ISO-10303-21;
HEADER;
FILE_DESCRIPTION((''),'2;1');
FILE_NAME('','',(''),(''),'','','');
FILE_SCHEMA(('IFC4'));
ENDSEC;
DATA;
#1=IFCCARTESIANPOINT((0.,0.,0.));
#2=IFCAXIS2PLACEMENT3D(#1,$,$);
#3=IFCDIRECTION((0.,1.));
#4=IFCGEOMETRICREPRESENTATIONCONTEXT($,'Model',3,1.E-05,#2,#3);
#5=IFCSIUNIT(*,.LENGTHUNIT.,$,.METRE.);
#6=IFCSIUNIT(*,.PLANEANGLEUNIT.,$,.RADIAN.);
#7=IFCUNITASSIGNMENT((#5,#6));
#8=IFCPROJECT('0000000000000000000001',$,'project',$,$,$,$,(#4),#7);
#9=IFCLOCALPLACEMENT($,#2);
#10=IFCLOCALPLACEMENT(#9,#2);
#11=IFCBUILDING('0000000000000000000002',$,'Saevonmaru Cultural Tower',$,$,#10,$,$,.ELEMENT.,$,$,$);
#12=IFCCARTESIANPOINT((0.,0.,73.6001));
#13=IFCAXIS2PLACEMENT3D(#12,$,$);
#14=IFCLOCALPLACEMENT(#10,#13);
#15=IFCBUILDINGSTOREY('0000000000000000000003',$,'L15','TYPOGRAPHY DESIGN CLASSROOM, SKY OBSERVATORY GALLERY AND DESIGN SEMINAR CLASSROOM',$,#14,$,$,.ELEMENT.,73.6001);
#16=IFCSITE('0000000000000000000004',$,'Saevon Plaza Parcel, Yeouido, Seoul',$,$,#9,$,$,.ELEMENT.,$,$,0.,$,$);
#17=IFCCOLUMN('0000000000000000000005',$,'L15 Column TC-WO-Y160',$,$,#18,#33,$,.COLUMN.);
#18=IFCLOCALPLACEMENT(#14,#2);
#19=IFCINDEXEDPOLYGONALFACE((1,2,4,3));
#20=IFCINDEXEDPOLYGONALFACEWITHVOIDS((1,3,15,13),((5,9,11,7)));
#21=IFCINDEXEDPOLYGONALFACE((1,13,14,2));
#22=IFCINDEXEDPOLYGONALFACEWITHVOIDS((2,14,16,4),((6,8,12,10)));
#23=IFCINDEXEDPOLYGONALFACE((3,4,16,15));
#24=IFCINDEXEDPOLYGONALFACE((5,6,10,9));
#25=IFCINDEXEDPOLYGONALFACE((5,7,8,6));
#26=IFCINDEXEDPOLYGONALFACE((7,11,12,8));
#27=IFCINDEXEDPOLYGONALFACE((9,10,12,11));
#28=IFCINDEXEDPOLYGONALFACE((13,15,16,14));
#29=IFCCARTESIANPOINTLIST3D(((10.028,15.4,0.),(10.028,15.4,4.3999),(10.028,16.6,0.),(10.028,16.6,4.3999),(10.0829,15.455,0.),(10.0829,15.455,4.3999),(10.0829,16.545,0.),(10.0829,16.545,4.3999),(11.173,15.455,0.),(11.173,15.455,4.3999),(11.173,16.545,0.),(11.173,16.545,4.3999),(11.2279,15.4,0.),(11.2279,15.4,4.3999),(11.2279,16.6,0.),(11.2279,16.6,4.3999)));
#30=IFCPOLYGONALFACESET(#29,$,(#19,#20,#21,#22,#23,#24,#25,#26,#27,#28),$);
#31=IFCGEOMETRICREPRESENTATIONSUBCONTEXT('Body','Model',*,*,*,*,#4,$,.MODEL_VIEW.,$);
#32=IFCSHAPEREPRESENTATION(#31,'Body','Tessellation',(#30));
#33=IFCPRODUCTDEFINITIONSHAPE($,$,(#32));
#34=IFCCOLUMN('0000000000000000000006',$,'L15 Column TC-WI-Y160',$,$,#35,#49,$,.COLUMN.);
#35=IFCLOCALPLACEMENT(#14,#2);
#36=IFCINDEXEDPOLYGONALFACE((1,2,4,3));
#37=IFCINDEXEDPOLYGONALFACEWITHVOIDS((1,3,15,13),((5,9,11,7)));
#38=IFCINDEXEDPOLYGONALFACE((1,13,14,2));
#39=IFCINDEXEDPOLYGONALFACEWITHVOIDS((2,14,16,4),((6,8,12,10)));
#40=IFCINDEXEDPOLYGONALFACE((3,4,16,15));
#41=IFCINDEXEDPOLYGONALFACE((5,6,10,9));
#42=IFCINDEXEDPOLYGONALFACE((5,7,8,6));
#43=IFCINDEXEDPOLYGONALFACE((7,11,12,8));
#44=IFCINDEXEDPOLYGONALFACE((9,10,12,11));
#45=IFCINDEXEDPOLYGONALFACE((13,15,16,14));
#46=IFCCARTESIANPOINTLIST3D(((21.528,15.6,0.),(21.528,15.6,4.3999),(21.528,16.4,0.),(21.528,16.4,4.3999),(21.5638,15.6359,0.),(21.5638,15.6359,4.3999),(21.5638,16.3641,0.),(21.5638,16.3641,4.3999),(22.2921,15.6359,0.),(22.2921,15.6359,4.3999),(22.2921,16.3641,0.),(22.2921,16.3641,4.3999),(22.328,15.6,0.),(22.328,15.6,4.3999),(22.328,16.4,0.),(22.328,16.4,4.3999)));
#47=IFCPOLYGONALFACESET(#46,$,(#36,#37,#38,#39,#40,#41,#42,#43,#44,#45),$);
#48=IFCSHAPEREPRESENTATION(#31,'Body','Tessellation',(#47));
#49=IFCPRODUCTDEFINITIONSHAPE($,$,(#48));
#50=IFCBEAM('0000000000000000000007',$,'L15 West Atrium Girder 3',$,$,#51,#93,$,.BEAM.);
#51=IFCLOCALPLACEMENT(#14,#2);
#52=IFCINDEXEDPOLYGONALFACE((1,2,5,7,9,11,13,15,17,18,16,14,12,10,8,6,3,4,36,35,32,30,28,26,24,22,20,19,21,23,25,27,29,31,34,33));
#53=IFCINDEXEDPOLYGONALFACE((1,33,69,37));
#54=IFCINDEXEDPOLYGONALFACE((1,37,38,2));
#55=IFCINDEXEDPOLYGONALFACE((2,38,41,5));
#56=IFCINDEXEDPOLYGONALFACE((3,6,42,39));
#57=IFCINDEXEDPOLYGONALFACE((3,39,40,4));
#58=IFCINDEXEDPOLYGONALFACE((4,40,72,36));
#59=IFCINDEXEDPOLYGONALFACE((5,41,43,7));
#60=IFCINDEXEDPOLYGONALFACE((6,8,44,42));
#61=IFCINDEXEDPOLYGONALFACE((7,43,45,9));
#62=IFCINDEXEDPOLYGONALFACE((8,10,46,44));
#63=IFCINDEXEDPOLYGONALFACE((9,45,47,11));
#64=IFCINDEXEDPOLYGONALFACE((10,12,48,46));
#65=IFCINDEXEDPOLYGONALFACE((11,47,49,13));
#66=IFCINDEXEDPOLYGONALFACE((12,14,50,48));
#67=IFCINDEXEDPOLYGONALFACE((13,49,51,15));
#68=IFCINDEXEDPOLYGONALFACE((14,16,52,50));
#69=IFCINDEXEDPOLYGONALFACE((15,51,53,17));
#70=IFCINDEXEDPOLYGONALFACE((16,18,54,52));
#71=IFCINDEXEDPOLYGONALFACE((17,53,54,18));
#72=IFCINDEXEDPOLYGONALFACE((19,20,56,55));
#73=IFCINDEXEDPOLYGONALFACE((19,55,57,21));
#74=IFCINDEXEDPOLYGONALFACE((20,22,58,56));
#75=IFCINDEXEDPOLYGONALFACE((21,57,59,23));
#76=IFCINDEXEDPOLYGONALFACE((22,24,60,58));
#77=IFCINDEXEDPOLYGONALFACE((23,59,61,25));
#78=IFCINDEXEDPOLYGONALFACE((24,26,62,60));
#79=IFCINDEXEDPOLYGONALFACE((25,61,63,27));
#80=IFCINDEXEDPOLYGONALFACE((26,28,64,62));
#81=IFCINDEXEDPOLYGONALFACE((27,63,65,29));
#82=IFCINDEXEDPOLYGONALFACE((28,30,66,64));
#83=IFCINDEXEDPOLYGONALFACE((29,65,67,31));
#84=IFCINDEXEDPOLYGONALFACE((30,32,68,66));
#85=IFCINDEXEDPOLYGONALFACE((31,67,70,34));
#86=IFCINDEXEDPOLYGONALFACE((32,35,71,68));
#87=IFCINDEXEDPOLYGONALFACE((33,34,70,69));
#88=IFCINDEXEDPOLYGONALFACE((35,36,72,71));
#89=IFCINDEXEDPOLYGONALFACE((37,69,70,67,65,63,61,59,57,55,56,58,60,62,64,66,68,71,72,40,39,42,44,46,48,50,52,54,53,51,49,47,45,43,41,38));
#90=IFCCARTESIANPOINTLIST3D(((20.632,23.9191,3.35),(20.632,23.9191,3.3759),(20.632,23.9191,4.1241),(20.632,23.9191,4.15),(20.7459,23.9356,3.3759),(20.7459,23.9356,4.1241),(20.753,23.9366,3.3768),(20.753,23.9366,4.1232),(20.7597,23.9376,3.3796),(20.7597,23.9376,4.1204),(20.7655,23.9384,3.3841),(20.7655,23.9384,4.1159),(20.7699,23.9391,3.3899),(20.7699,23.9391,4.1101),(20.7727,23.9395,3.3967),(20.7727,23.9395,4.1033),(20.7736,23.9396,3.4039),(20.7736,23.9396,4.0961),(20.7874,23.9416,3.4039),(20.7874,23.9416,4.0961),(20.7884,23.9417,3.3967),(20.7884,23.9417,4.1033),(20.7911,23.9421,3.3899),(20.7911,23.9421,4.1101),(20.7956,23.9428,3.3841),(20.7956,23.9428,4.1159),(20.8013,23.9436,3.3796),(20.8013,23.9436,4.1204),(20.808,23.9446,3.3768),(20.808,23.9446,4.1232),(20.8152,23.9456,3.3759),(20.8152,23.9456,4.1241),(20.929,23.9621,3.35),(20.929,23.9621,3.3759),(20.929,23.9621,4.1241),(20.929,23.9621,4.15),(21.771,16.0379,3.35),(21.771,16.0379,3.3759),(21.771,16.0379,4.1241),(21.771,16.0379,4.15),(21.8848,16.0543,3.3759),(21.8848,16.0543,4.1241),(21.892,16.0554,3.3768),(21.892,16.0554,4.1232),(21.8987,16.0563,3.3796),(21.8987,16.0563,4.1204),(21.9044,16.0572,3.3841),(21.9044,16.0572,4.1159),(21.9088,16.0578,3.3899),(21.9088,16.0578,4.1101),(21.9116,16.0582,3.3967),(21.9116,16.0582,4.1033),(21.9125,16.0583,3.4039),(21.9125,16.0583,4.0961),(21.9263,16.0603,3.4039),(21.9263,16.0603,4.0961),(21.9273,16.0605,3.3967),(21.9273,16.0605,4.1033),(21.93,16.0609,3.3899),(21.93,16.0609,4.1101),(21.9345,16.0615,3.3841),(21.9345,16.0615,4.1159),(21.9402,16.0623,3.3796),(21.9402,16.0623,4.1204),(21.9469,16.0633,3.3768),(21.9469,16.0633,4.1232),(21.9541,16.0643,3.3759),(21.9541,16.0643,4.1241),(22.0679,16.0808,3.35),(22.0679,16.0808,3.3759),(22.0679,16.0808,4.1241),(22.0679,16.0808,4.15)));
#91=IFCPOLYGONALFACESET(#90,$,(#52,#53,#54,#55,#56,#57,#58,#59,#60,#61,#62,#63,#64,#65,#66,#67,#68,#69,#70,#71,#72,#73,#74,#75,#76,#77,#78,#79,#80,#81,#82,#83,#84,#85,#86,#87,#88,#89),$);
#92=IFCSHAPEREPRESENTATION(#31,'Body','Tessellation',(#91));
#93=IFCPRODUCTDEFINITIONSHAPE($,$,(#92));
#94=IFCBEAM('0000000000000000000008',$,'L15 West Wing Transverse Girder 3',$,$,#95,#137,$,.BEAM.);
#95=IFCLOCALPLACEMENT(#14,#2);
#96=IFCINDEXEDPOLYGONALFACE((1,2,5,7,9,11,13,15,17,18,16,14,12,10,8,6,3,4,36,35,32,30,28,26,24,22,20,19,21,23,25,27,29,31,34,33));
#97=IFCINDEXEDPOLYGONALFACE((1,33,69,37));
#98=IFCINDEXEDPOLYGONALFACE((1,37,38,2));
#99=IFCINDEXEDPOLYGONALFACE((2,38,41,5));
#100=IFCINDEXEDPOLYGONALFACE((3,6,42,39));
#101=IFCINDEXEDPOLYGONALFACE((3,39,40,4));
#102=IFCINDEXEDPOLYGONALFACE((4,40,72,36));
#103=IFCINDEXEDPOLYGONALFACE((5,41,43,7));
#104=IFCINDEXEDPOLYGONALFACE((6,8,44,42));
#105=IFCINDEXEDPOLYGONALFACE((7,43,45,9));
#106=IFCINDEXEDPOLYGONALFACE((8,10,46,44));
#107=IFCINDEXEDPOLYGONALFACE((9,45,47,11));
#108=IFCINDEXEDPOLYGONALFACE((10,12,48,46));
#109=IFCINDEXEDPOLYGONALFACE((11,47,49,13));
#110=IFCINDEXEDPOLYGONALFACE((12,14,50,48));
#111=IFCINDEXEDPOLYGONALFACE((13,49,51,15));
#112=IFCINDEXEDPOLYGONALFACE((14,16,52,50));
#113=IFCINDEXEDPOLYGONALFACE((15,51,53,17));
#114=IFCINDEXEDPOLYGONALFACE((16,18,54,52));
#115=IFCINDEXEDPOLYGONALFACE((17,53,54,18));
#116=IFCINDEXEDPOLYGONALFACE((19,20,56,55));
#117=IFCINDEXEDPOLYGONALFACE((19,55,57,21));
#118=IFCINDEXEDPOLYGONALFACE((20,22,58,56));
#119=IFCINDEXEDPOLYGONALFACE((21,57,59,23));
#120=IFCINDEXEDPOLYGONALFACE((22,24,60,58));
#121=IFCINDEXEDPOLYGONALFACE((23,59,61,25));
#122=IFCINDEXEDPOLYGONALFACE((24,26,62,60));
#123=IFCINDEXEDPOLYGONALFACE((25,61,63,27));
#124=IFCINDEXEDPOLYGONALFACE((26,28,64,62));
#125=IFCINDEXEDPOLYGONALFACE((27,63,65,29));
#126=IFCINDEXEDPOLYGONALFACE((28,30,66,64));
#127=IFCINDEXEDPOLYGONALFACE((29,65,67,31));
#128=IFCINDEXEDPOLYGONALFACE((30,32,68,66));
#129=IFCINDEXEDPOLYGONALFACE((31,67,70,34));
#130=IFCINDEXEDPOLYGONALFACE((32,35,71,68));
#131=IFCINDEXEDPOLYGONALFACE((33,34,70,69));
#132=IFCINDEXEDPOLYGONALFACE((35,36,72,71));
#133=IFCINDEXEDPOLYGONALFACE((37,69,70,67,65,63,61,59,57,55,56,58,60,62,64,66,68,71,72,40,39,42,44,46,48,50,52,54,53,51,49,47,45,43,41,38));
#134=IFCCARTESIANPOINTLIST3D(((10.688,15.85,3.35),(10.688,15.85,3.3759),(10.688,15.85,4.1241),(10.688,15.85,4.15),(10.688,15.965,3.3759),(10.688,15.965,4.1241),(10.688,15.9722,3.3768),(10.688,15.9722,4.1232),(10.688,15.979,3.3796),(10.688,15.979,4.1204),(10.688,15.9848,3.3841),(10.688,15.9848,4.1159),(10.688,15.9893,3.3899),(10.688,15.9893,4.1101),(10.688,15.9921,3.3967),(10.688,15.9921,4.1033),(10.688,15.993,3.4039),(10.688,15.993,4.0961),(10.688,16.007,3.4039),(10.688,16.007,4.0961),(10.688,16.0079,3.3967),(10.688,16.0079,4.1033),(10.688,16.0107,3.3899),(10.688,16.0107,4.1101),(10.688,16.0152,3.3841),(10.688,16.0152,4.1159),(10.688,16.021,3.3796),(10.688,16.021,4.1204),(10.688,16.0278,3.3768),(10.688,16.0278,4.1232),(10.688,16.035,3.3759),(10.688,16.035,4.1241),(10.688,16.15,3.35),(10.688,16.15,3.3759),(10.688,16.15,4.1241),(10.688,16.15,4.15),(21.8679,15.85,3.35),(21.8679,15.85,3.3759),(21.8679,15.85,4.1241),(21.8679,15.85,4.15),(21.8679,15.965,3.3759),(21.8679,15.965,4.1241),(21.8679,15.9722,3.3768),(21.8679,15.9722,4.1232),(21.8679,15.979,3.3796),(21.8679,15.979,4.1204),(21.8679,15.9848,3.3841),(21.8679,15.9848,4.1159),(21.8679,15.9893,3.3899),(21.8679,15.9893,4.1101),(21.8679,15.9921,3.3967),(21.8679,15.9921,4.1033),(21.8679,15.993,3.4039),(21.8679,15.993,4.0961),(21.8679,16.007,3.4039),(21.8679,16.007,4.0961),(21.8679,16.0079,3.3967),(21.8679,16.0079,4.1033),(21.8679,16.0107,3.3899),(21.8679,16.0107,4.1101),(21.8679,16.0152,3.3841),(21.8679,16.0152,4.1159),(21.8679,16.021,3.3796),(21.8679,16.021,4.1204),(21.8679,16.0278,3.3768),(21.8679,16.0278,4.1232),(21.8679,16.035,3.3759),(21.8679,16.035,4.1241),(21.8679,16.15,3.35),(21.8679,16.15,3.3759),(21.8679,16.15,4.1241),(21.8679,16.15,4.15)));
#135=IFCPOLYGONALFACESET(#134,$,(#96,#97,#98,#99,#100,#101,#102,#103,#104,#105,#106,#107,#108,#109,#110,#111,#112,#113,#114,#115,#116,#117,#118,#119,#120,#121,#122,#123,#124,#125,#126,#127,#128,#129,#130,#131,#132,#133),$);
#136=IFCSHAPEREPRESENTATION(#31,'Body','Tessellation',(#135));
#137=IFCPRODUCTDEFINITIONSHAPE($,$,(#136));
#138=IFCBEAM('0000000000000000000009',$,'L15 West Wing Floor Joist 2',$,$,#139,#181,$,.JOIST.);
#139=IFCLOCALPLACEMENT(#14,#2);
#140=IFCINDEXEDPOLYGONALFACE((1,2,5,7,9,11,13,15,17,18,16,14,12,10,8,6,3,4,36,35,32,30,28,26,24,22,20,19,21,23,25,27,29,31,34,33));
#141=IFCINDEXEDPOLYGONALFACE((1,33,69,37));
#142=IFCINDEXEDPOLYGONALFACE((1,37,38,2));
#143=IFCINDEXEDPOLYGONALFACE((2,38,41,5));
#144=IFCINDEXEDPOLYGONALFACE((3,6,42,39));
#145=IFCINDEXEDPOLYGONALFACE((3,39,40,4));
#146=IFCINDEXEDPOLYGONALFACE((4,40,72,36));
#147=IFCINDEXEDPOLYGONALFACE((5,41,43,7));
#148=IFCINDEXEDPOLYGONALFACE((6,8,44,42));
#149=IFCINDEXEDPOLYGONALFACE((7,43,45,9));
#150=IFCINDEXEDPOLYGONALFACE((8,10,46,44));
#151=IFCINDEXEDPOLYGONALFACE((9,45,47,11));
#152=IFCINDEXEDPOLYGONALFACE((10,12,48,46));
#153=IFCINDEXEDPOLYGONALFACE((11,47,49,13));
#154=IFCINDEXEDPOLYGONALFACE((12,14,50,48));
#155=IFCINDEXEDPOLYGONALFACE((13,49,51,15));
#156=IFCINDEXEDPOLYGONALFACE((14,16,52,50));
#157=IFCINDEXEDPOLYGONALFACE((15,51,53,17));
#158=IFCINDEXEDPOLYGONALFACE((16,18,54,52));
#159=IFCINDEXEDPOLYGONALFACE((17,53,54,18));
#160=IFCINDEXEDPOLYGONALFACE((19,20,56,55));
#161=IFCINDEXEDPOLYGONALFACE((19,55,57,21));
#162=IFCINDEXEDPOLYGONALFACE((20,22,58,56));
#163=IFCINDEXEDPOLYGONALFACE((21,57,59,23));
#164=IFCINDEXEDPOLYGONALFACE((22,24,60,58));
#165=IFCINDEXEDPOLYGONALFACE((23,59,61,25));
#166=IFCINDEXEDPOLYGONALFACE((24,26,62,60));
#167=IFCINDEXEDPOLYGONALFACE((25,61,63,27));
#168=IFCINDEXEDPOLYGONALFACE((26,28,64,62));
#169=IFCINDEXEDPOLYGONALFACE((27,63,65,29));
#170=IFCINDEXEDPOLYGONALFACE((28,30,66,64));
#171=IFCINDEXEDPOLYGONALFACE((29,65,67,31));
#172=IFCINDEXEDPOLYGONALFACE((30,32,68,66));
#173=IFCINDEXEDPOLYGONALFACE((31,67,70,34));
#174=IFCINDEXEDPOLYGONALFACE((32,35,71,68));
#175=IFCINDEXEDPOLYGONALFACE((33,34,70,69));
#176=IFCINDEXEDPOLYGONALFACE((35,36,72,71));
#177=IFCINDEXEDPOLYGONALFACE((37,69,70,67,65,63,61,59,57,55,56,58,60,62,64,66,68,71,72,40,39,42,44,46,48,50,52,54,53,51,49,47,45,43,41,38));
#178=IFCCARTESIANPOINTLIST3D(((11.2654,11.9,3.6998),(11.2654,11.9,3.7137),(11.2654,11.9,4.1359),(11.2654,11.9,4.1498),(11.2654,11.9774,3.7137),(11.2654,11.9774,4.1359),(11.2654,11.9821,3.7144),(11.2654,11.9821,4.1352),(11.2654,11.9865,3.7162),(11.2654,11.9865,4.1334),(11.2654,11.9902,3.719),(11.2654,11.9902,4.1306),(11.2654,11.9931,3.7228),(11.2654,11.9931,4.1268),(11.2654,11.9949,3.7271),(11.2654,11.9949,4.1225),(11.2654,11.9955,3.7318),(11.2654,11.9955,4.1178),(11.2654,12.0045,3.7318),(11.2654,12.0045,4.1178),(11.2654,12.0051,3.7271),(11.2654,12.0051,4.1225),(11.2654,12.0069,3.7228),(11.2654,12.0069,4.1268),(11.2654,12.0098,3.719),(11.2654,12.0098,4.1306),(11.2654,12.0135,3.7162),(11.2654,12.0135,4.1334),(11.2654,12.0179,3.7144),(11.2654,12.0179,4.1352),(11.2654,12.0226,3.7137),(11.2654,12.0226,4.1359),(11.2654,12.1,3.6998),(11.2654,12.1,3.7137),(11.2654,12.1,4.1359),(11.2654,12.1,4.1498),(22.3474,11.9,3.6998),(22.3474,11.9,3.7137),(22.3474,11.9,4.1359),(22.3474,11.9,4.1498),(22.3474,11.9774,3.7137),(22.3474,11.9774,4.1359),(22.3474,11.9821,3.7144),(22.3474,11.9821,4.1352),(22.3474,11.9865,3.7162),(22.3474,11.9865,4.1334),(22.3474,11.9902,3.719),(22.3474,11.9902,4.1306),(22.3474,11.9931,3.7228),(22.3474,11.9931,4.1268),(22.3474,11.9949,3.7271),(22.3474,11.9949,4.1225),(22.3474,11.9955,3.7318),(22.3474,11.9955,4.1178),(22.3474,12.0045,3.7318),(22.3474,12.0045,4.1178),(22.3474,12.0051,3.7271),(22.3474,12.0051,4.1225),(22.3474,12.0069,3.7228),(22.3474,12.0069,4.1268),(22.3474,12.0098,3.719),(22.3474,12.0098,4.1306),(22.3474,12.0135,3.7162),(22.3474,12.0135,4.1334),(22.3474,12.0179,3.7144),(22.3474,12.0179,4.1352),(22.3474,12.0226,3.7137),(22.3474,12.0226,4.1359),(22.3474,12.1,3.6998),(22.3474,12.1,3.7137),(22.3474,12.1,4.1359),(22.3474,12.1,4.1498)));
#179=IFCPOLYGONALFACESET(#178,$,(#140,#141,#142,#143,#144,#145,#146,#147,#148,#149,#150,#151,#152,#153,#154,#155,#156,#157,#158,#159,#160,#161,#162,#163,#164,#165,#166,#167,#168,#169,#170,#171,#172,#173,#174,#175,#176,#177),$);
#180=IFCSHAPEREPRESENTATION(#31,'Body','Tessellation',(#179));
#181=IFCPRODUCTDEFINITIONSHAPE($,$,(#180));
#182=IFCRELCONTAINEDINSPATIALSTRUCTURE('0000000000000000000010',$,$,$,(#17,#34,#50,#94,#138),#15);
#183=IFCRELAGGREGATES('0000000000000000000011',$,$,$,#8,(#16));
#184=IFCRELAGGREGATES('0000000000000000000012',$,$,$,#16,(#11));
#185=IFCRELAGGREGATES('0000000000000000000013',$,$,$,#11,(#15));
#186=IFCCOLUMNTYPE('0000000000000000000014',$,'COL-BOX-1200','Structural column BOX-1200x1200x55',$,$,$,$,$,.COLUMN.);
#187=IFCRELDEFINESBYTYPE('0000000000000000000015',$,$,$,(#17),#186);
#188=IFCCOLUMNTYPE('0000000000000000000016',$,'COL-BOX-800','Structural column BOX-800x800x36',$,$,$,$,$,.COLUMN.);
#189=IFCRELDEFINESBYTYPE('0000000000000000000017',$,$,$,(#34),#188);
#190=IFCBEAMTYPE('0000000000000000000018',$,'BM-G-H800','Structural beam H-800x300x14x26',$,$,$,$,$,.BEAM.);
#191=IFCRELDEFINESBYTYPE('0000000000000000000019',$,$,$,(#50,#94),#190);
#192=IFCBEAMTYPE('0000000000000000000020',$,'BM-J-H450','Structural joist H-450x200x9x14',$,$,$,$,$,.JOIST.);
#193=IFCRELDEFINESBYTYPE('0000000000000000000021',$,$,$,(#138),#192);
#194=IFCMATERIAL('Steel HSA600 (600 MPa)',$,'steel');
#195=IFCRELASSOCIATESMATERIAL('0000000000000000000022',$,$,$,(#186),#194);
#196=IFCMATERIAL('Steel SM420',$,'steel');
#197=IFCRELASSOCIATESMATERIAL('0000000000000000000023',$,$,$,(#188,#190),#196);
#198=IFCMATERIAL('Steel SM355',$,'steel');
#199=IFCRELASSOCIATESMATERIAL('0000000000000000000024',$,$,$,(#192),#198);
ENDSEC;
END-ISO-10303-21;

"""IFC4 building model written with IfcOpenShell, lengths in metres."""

from ifc_helpers import new_model, si_unit, direction, frame, origin, origin_2d, place, context, subcontext, project, spatial, hollow_rectangle, i_section, extrude, material, material_profile, profile_set, type_object, element, save


model = new_model("IFC4")

# Units and contexts
model_context = context("Model", 3, precision=1e-05, world=origin(), true_north=direction((0.0, 1.0)))
body_context = subcontext(model_context, "Body", "Model", "MODEL_VIEW")
ifc_project = project(units=[si_unit("LENGTHUNIT", "METRE"), si_unit("PLANEANGLEUNIT", "RADIAN")], contexts=[model_context])

# Site, building, storey
site_placement = place(None, origin())
site = spatial("IfcSite", under=ifc_project, at=site_placement, Name="Saevon Plaza Parcel, Yeouido, Seoul", CompositionType="ELEMENT", RefElevation=0.0)
building_placement = place(site_placement, origin())
building = spatial("IfcBuilding", under=site, at=building_placement, Name="Saevonmaru Cultural Tower", CompositionType="ELEMENT")
storey_placement = place(building_placement, frame((0.0, 0.0, 73.6001)))
storey = spatial("IfcBuildingStorey", under=building, at=storey_placement, Name="L15", Description="TYPOGRAPHY DESIGN CLASSROOM, SKY OBSERVATORY GALLERY AND DESIGN SEMINAR CLASSROOM", CompositionType="ELEMENT", Elevation=73.6001)

# Columns
ifc_material_1 = material(Name="Steel HSA600 (600 MPa)", Category="steel")
ifc_material_profile_1 = material_profile(ifc_material_1, hollow_rectangle(XDim=1.2, YDim=1.2, WallThickness=0.0549, at=origin_2d()), Name="BOX-1200x1200x55")
ifc_profile_set_1 = profile_set([ifc_material_profile_1], Name="Steel HSA600 (600 MPa)")
column_type_1 = type_object("IfcColumnType", Name="COL-BOX-1200", Description="Structural column BOX-1200x1200x55", PredefinedType="COLUMN", material=ifc_profile_set_1)
column_1_placement = place(storey_placement, frame((10.6279, 16.0, 0.0), z_axis=(0.0, 0.0, 1.0), x_axis=(1.0, 0.0, 0.0)))
element("IfcColumn", 1, at=column_1_placement, inside=storey, type_object=column_type_1, Name="L15 Column TC-WO-Y160", PredefinedType="COLUMN", context=body_context, shape_type="SweptSolid", body=[
    extrude(hollow_rectangle(XDim=1.2, YDim=1.2, WallThickness=0.0549, at=origin_2d()), origin(), (0.0, 0.0, 1.0), 4.3999),
])
ifc_material_2 = material(Name="Steel SM420", Category="steel")
ifc_material_profile_2 = material_profile(ifc_material_2, hollow_rectangle(XDim=0.8, YDim=0.8, WallThickness=0.0359, at=origin_2d()), Name="BOX-800x800x36")
ifc_profile_set_2 = profile_set([ifc_material_profile_2], Name="Steel SM420")
column_type_2 = type_object("IfcColumnType", Name="COL-BOX-800", Description="Structural column BOX-800x800x36", PredefinedType="COLUMN", material=ifc_profile_set_2)
column_2_placement = place(storey_placement, frame((21.928, 16.0, 0.0), z_axis=(0.0, 0.0, 1.0), x_axis=(1.0, 0.0, 0.0)))
element("IfcColumn", 2, at=column_2_placement, inside=storey, type_object=column_type_2, Name="L15 Column TC-WI-Y160", PredefinedType="COLUMN", context=body_context, shape_type="SweptSolid", body=[
    extrude(hollow_rectangle(XDim=0.8, YDim=0.8, WallThickness=0.0359, at=origin_2d()), origin(), (0.0, 0.0, 1.0), 4.3999),
])

# Beams
ifc_material_profile_3 = material_profile(ifc_material_2, i_section(OverallWidth=0.3, OverallDepth=0.8, WebThickness=0.0139, FlangeThickness=0.0259, FilletRadius=0.0281, at=origin_2d()), Name="H-800x300x14x26")
ifc_profile_set_3 = profile_set([ifc_material_profile_3], Name="Steel SM420")
beam_type_1 = type_object("IfcBeamType", Name="BM-G-H800", Description="Structural beam H-800x300x14x26", PredefinedType="BEAM", material=ifc_profile_set_3)
beam_1_placement = place(storey_placement, frame((21.9194, 16.0593, 3.75), z_axis=(-0.143022, 0.989719, 0.0), x_axis=(-0.989719, -0.143022, 0.0)))
element("IfcBeam", 3, at=beam_1_placement, inside=storey, type_object=beam_type_1, Name="L15 West Atrium Girder 3", PredefinedType="BEAM", context=body_context, shape_type="SweptSolid", body=[
    extrude(i_section(OverallWidth=0.3, OverallDepth=0.8, WebThickness=0.0139, FlangeThickness=0.0259, FilletRadius=0.0281, at=origin_2d()), origin(), (0.0, 0.0, 1.0), 7.9631),
])
beam_2_placement = place(storey_placement, frame((10.688, 16.0, 3.75), z_axis=(1.0, 0.0, 0.0), x_axis=(0.0, 1.0, 0.0)))
element("IfcBeam", 4, at=beam_2_placement, inside=storey, type_object=beam_type_1, Name="L15 West Wing Transverse Girder 3", PredefinedType="BEAM", context=body_context, shape_type="SweptSolid", body=[
    extrude(i_section(OverallWidth=0.3, OverallDepth=0.8, WebThickness=0.0139, FlangeThickness=0.0259, FilletRadius=0.0281, at=origin_2d()), origin(), (0.0, 0.0, 1.0), 11.1799),
])
ifc_material_3 = material(Name="Steel SM355", Category="steel")
ifc_material_profile_4 = material_profile(ifc_material_3, i_section(OverallWidth=0.2, OverallDepth=0.45, WebThickness=0.009, FlangeThickness=0.0139, FilletRadius=0.0181, at=origin_2d()), Name="H-450x200x9x14")
ifc_profile_set_4 = profile_set([ifc_material_profile_4], Name="Steel SM355")
beam_type_2 = type_object("IfcBeamType", Name="BM-J-H450", Description="Structural joist H-450x200x9x14", PredefinedType="JOIST", material=ifc_profile_set_4)
beam_3_placement = place(storey_placement, frame((11.2654, 12.0, 3.9248), z_axis=(1.0, 0.0, 0.0), x_axis=(0.0, 1.0, 0.0)))
element("IfcBeam", 5, at=beam_3_placement, inside=storey, type_object=beam_type_2, Name="L15 West Wing Floor Joist 2", PredefinedType="JOIST", context=body_context, shape_type="SweptSolid", body=[
    extrude(i_section(OverallWidth=0.2, OverallDepth=0.45, WebThickness=0.009, FlangeThickness=0.0139, FilletRadius=0.0181, at=origin_2d()), origin(), (0.0, 0.0, 1.0), 11.082),
])

save(model, "model.ifc")
